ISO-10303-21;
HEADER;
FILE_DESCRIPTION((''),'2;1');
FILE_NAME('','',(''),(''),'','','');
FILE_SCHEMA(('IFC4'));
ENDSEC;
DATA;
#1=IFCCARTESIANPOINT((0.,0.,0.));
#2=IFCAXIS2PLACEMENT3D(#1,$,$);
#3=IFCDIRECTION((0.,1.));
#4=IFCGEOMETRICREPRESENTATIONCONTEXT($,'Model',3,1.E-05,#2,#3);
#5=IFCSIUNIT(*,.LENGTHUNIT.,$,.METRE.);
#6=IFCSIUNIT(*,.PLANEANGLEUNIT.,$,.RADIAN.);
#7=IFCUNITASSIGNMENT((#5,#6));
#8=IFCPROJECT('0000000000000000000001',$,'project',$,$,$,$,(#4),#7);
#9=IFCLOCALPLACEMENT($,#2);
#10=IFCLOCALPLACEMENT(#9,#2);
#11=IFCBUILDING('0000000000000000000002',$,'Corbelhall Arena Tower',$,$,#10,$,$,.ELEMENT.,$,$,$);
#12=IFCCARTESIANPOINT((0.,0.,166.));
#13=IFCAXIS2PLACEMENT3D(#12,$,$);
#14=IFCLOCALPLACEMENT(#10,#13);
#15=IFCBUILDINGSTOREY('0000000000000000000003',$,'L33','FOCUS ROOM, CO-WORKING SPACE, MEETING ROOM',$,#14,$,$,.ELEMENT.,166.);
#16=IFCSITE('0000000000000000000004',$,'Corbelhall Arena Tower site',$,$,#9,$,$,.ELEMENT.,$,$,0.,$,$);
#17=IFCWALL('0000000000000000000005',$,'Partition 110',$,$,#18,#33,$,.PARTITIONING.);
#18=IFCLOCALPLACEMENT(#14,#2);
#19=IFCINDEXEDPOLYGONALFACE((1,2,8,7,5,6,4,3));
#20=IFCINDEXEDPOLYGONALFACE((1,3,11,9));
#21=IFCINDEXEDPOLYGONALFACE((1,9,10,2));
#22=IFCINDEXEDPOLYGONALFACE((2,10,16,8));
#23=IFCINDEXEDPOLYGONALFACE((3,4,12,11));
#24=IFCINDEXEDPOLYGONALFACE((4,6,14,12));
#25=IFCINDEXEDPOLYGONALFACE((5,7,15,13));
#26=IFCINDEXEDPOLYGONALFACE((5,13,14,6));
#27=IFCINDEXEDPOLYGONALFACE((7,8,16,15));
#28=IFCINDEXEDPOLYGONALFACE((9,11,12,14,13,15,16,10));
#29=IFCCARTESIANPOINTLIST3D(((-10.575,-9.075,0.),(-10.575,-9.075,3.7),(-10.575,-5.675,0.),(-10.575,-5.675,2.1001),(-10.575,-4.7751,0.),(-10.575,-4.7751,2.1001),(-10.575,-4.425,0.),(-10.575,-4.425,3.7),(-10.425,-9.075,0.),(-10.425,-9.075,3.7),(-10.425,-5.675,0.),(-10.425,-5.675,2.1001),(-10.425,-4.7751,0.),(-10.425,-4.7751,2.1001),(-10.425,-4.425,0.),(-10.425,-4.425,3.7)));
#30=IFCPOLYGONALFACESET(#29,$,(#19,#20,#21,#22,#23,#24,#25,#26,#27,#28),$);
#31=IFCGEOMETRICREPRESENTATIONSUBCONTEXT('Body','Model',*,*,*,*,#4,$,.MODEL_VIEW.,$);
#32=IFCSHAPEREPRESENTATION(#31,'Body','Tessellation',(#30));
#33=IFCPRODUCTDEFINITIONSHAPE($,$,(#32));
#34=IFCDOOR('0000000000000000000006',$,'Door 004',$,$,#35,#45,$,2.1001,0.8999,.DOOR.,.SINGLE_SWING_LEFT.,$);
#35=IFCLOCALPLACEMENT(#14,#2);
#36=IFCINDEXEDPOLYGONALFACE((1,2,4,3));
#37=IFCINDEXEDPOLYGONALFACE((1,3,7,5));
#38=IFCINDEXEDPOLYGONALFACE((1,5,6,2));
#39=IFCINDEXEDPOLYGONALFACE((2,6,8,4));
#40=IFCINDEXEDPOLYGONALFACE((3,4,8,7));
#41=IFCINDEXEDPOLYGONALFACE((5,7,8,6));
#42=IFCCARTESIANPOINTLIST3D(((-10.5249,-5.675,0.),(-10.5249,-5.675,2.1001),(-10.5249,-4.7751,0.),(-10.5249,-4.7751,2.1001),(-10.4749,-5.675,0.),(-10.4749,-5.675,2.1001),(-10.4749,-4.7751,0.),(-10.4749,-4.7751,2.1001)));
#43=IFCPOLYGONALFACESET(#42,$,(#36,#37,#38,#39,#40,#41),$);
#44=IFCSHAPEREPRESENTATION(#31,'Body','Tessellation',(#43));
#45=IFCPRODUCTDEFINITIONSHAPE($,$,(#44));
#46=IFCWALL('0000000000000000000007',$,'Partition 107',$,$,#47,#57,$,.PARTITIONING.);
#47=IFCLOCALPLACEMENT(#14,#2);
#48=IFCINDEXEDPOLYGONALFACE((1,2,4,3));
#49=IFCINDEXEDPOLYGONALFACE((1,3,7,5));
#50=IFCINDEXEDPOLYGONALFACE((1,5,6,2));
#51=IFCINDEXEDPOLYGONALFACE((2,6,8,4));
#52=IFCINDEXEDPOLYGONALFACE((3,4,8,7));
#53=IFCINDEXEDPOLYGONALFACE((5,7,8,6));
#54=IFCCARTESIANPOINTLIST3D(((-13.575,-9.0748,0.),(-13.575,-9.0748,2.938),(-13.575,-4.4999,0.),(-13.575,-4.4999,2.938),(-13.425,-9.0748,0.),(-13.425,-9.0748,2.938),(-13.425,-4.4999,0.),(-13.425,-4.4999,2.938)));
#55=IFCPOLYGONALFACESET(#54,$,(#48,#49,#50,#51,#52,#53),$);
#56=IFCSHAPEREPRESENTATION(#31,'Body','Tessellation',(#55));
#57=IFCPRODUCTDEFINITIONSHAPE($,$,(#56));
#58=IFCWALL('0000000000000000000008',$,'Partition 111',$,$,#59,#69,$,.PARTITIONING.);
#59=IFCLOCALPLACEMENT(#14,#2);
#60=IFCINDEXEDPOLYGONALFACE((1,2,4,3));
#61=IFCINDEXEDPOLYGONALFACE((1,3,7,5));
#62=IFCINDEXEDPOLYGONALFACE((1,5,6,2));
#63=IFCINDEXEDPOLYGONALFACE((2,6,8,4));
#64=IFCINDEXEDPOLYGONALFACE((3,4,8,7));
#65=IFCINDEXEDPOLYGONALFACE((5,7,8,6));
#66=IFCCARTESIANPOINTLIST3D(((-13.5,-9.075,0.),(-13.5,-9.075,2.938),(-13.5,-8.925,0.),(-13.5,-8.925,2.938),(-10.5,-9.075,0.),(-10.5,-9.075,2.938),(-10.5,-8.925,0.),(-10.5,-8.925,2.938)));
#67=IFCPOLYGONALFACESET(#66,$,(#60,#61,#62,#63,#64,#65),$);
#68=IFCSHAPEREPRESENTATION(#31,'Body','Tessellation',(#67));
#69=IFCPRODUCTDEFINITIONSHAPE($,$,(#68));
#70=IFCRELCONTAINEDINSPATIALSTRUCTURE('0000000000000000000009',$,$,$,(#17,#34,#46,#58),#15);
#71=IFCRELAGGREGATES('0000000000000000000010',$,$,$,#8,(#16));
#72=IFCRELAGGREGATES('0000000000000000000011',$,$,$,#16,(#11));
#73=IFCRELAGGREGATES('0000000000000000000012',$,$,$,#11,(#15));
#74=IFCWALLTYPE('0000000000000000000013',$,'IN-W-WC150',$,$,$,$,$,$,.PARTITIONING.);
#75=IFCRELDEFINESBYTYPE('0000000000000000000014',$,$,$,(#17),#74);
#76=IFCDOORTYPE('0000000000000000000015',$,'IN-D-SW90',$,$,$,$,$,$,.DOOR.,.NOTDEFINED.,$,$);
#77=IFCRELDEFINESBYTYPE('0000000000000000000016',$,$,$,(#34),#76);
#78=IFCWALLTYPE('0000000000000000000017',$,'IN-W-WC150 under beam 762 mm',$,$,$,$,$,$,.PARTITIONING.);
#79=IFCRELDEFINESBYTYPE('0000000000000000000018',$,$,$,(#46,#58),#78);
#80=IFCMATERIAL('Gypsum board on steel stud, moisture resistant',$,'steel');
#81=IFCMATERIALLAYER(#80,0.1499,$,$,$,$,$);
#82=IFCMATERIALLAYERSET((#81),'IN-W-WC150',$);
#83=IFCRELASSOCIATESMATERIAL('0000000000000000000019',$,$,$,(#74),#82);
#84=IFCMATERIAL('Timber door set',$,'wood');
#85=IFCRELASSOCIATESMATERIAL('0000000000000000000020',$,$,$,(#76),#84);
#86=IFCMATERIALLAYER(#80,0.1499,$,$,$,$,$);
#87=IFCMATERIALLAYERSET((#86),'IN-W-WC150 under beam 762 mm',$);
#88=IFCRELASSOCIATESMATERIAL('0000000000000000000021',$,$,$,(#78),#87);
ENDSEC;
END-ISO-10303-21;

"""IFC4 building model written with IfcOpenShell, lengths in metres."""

from ifc_helpers import new_model, si_unit, direction, frame, frame_2d, origin, place, context, subcontext, project, spatial, rectangle, extrude, material, layer, layer_set, type_object, element, fill, save


model = new_model("IFC4")

# Units and contexts
model_context = context("Model", 3, precision=1e-05, world=origin(), true_north=direction((0.0, 1.0)))
body_context = subcontext(model_context, "Body", "Model", "MODEL_VIEW")
ifc_project = project(units=[si_unit("LENGTHUNIT", "METRE"), si_unit("PLANEANGLEUNIT", "RADIAN")], contexts=[model_context])

# Site, building, storey
site_placement = place(None, origin())
site = spatial("IfcSite", under=ifc_project, at=site_placement, Name="Corbelhall Arena Tower site", CompositionType="ELEMENT", RefElevation=0.0)
building_placement = place(site_placement, origin())
building = spatial("IfcBuilding", under=site, at=building_placement, Name="Corbelhall Arena Tower", CompositionType="ELEMENT")
storey_placement = place(building_placement, frame((0.0, 0.0, 166.0)))
storey = spatial("IfcBuildingStorey", under=building, at=storey_placement, Name="L33", Description="FOCUS ROOM, CO-WORKING SPACE, MEETING ROOM", CompositionType="ELEMENT", Elevation=166.0)

# Wall, opening, door
ifc_material_1 = material(Name="Gypsum board on steel stud, moisture resistant", Category="steel")
ifc_layer_1 = layer(ifc_material_1, 0.1499)
ifc_layer_set_1 = layer_set([ifc_layer_1], Name="IN-W-WC150")
wall_type_1 = type_object("IfcWallType", Name="IN-W-WC150", PredefinedType="PARTITIONING", material=ifc_layer_set_1)
wall_1_placement = place(storey_placement, frame((-10.5, -9.075, 0.0), z_axis=(0.0, 0.0, 1.0), x_axis=(0.0, 1.0, 0.0)))
wall_1 = element("IfcWall", 1, at=wall_1_placement, inside=storey, type_object=wall_type_1, Name="Partition 110", PredefinedType="PARTITIONING", context=body_context, shape_type="SweptSolid", body=[
    extrude(rectangle(XDim=4.6499, YDim=0.1499, at=frame_2d((2.325, 0.0))), origin(), (0.0, 0.0, 1.0), 3.7),
])
opening_1_placement = place(wall_1_placement, frame((3.3999, 0.0, 0.0)))
opening_1 = element("IfcOpeningElement", 2, at=opening_1_placement, cuts=wall_1, PredefinedType="OPENING", context=body_context, shape_type="SweptSolid", body=[
    extrude(rectangle(XDim=0.8999, YDim=2.1001, at=frame_2d((0.45, 1.05))), frame((0.0, 0.075, 0.0), z_axis=(0.0, -1.0, 0.0), x_axis=(1.0, 0.0, 0.0)), (0.0, 0.0, 1.0), 0.1499),
])
ifc_material_2 = material(Name="Timber door set", Category="wood")
door_type_1 = type_object("IfcDoorType", Name="IN-D-SW90", OperationType="NOTDEFINED", PredefinedType="DOOR", material=ifc_material_2)
door_1_placement = place(opening_1_placement, origin())
door_1 = element("IfcDoor", 3, at=door_1_placement, inside=storey, type_object=door_type_1, Name="Door 004", OperationType="SINGLE_SWING_LEFT", OverallHeight=2.1001, OverallWidth=0.8999, PredefinedType="DOOR", context=body_context, shape_type="SweptSolid", body=[
    extrude(rectangle(XDim=0.8999, YDim=2.1001, at=frame_2d((0.45, 1.05))), frame((0.0, 0.0249, 0.0), z_axis=(0.0, -1.0, 0.0), x_axis=(1.0, 0.0, 0.0)), (0.0, 0.0, 1.0), 0.05),
])
fill(opening_1, door_1)

# Walls
ifc_layer_2 = layer(ifc_material_1, 0.1499)
ifc_layer_set_2 = layer_set([ifc_layer_2], Name="IN-W-WC150 under beam 762 mm")
wall_type_2 = type_object("IfcWallType", Name="IN-W-WC150 under beam 762 mm", PredefinedType="PARTITIONING", material=ifc_layer_set_2)
wall_2_placement = place(storey_placement, frame((-13.5, -9.075, 0.0), z_axis=(0.0, 0.0, 1.0), x_axis=(0.0, 1.0, 0.0)))
element("IfcWall", 4, at=wall_2_placement, inside=storey, type_object=wall_type_2, Name="Partition 107", PredefinedType="PARTITIONING", context=body_context, shape_type="SweptSolid", body=[
    extrude(rectangle(XDim=4.575, YDim=0.1499, at=frame_2d((2.2876, 0.0))), origin(), (0.0, 0.0, 1.0), 2.938),
])
wall_3_placement = place(storey_placement, frame((-10.5, -9.0, 0.0), z_axis=(0.0, 0.0, 1.0), x_axis=(-1.0, 0.0, 0.0)))
element("IfcWall", 5, at=wall_3_placement, inside=storey, type_object=wall_type_2, Name="Partition 111", PredefinedType="PARTITIONING", context=body_context, shape_type="SweptSolid", body=[
    extrude(rectangle(XDim=3.0, YDim=0.1499, at=frame_2d((1.5, 0.0))), origin(), (0.0, 0.0, 1.0), 2.938),
])

save(model, "model.ifc")
